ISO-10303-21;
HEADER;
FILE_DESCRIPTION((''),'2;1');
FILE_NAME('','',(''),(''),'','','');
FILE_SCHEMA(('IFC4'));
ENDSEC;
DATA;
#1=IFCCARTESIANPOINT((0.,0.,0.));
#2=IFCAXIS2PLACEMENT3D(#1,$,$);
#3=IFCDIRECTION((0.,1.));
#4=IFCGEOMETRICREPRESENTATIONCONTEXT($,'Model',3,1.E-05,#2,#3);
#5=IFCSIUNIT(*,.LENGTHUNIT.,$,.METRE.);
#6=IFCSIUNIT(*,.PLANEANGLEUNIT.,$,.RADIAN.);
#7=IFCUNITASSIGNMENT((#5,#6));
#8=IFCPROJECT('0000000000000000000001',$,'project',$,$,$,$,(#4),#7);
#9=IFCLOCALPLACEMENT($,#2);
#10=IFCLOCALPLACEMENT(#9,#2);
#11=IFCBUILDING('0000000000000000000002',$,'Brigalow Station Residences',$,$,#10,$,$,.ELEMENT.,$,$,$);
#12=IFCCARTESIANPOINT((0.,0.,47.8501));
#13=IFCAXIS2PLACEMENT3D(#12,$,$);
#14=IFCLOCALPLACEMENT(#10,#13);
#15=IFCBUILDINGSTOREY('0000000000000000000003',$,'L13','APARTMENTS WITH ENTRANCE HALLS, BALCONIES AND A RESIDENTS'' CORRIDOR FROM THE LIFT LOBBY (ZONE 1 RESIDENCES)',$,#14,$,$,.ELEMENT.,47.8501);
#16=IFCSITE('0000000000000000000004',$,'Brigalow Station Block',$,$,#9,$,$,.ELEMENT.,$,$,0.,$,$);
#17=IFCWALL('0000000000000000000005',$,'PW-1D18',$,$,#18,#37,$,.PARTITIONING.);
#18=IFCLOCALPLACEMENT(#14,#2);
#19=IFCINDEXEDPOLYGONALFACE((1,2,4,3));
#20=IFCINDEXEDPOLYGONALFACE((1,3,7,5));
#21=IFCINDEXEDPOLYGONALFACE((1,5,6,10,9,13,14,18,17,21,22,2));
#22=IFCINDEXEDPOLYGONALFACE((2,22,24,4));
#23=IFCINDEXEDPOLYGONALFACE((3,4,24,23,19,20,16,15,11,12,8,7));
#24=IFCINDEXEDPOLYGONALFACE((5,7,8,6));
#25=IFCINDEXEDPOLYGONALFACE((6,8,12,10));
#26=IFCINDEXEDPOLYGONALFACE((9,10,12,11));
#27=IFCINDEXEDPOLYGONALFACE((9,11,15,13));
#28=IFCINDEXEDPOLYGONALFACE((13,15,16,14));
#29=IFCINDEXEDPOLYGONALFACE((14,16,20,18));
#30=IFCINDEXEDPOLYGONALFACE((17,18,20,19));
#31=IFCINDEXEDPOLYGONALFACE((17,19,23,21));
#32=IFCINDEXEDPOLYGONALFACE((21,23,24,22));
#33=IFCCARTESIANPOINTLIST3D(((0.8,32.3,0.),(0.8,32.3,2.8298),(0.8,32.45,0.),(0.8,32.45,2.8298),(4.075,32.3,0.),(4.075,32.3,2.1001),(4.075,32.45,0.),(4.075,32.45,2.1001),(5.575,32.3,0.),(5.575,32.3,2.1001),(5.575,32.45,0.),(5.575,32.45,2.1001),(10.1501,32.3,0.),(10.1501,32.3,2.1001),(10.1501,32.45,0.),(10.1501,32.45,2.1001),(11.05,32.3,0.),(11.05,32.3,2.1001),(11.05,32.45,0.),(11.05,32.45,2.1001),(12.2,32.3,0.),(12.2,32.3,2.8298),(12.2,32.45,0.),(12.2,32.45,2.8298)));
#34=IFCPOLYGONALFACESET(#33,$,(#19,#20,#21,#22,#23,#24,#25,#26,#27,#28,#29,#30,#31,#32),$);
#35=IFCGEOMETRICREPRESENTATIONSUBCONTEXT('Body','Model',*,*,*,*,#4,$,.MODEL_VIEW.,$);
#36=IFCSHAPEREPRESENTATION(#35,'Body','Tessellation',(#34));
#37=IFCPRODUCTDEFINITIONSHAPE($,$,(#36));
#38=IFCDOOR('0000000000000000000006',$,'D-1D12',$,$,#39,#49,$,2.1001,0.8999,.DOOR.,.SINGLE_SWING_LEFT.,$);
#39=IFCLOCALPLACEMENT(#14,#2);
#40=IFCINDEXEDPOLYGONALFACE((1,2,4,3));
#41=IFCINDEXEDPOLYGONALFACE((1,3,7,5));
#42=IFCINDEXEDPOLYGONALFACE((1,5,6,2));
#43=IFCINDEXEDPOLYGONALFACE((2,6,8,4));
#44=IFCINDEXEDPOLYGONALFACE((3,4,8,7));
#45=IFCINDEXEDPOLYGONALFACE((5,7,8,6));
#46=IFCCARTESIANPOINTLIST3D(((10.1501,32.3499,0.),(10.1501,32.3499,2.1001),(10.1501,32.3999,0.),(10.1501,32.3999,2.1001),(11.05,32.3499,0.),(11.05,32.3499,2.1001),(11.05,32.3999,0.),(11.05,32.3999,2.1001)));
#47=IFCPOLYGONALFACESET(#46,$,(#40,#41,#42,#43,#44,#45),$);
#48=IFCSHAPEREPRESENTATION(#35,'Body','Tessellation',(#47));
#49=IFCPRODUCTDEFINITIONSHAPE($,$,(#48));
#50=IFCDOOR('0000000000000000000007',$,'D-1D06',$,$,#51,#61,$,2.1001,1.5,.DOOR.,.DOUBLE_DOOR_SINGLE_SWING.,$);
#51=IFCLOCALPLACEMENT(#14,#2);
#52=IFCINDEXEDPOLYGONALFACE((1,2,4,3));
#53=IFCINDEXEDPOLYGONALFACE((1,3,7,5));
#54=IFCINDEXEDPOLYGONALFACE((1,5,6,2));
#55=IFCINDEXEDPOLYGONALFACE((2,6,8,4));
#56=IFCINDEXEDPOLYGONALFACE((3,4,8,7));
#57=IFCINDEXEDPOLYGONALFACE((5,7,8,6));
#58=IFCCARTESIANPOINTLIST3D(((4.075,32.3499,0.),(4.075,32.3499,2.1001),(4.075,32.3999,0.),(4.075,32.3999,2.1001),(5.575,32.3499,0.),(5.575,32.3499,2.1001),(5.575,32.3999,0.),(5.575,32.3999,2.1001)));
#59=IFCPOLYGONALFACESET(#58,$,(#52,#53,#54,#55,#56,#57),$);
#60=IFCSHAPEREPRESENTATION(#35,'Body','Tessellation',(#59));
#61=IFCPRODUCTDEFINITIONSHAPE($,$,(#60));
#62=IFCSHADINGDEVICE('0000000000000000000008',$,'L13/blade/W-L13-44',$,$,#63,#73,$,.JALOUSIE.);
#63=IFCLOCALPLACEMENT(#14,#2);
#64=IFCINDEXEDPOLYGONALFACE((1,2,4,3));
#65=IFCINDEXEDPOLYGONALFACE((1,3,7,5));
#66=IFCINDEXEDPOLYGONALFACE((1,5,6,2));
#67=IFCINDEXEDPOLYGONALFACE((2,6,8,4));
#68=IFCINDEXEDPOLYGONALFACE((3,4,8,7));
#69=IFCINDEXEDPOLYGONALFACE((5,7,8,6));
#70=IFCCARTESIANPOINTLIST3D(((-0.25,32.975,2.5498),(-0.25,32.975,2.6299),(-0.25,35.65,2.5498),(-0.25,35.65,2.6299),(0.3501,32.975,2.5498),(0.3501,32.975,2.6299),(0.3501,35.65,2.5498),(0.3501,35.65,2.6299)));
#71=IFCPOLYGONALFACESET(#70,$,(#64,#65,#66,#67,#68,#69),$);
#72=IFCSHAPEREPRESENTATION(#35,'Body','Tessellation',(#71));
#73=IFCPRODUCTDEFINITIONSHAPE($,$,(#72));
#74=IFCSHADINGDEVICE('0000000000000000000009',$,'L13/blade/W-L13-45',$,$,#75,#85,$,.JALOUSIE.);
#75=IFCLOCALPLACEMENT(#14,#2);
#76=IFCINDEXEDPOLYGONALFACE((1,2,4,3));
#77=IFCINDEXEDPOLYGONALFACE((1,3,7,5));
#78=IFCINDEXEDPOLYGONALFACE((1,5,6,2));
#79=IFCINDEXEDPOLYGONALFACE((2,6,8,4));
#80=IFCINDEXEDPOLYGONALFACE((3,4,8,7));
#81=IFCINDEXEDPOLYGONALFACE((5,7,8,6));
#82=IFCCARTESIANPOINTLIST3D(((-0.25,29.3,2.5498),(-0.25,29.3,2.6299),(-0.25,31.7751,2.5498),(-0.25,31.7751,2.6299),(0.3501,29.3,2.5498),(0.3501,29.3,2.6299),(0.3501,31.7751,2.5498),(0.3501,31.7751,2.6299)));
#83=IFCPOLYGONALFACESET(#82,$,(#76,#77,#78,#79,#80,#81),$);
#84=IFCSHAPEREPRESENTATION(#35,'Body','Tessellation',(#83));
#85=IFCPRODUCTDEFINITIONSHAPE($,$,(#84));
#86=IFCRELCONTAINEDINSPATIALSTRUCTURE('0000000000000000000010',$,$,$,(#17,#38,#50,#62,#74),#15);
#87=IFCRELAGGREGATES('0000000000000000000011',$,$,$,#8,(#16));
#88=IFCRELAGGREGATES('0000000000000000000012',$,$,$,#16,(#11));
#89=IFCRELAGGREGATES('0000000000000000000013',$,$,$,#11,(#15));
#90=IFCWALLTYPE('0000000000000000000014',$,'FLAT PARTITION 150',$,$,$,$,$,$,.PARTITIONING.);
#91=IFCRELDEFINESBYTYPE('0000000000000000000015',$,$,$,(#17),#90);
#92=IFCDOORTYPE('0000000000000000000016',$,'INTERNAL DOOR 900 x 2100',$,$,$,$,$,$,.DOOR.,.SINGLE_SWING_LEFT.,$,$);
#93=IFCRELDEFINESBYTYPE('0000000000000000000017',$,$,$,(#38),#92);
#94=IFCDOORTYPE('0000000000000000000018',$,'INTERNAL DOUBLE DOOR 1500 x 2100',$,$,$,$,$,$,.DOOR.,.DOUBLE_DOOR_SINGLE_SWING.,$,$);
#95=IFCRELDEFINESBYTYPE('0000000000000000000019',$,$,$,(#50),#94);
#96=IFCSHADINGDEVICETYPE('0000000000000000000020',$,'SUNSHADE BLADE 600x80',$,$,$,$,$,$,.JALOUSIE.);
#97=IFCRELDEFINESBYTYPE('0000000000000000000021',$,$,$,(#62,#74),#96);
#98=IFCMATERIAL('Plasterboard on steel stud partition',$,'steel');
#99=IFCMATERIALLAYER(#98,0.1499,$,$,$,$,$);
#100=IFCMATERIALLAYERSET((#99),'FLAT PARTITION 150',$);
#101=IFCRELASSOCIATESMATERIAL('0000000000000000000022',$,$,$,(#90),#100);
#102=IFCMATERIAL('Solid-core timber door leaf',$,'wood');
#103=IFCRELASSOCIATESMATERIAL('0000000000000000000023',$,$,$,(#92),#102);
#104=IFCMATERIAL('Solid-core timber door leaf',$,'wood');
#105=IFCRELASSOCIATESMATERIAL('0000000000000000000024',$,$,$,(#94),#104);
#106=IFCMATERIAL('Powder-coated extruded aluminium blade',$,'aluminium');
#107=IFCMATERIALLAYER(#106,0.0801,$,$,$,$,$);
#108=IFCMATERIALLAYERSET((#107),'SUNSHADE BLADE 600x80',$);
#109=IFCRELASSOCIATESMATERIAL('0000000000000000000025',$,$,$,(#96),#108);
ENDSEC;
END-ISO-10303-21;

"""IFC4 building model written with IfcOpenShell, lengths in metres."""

from ifc_helpers import new_model, si_unit, direction, frame, frame_2d, origin, origin_2d, place, context, subcontext, project, spatial, rectangle, extrude, material, layer, layer_set, type_object, element, fill, save


model = new_model("IFC4")

# Units and contexts
model_context = context("Model", 3, precision=1e-05, world=origin(), true_north=direction((0.0, 1.0)))
body_context = subcontext(model_context, "Body", "Model", "MODEL_VIEW")
ifc_project = project(units=[si_unit("LENGTHUNIT", "METRE"), si_unit("PLANEANGLEUNIT", "RADIAN")], contexts=[model_context])

# Site, building, storey
site_placement = place(None, origin())
site = spatial("IfcSite", under=ifc_project, at=site_placement, Name="Brigalow Station Block", CompositionType="ELEMENT", RefElevation=0.0)
building_placement = place(site_placement, origin())
building = spatial("IfcBuilding", under=site, at=building_placement, Name="Brigalow Station Residences", CompositionType="ELEMENT")
storey_placement = place(building_placement, frame((0.0, 0.0, 47.8501)))
storey = spatial("IfcBuildingStorey", under=building, at=storey_placement, Name="L13", Description="APARTMENTS WITH ENTRANCE HALLS, BALCONIES AND A RESIDENTS' CORRIDOR FROM THE LIFT LOBBY (ZONE 1 RESIDENCES)", CompositionType="ELEMENT", Elevation=47.8501)

# Wall, openings, doors
ifc_material_1 = material(Name="Plasterboard on steel stud partition", Category="steel")
ifc_layer_1 = layer(ifc_material_1, 0.1499)
ifc_layer_set_1 = layer_set([ifc_layer_1], Name="FLAT PARTITION 150")
wall_type_1 = type_object("IfcWallType", Name="FLAT PARTITION 150", PredefinedType="PARTITIONING", material=ifc_layer_set_1)
wall_1_placement = place(storey_placement, frame((0.8, 32.375, 0.0), z_axis=(0.0, 0.0, 1.0), x_axis=(1.0, 0.0, 0.0)))
wall_1 = element("IfcWall", 1, at=wall_1_placement, inside=storey, type_object=wall_type_1, Name="PW-1D18", PredefinedType="PARTITIONING", context=body_context, shape_type="SweptSolid", body=[
    extrude(rectangle(XDim=11.3999, YDim=0.1499, at=frame_2d((5.7, 0.0))), origin(), (0.0, 0.0, 1.0), 2.8298),
])
opening_1_placement = place(wall_1_placement, frame((3.2749, 0.0, 0.0)))
opening_1 = element("IfcOpeningElement", 2, at=opening_1_placement, cuts=wall_1, PredefinedType="OPENING", context=body_context, shape_type="SweptSolid", body=[
    extrude(rectangle(XDim=1.5, YDim=2.1001, at=frame_2d((0.75, 1.05))), frame((0.0, 0.085, 0.0), z_axis=(0.0, -1.0, 0.0), x_axis=(1.0, 0.0, 0.0)), (0.0, 0.0, 1.0), 0.1699),
])
opening_2_placement = place(wall_1_placement, frame((9.3501, 0.0, 0.0)))
opening_2 = element("IfcOpeningElement", 3, at=opening_2_placement, cuts=wall_1, PredefinedType="OPENING", context=body_context, shape_type="SweptSolid", body=[
    extrude(rectangle(XDim=0.8999, YDim=2.1001, at=frame_2d((0.45, 1.05))), frame((0.0, 0.085, 0.0), z_axis=(0.0, -1.0, 0.0), x_axis=(1.0, 0.0, 0.0)), (0.0, 0.0, 1.0), 0.1699),
])
ifc_material_2 = material(Name="Solid-core timber door leaf", Category="wood")
door_type_1 = type_object("IfcDoorType", Name="INTERNAL DOOR 900 x 2100", OperationType="SINGLE_SWING_LEFT", PredefinedType="DOOR", material=ifc_material_2)
door_1_placement = place(opening_2_placement, origin())
door_1 = element("IfcDoor", 4, at=door_1_placement, inside=storey, type_object=door_type_1, Name="D-1D12", OperationType="SINGLE_SWING_LEFT", OverallHeight=2.1001, OverallWidth=0.8999, PredefinedType="DOOR", context=body_context, shape_type="SweptSolid", body=[
    extrude(rectangle(XDim=0.8999, YDim=2.1001, at=frame_2d((0.45, 1.05))), frame((0.0, 0.0249, 0.0), z_axis=(0.0, -1.0, 0.0), x_axis=(1.0, 0.0, 0.0)), (0.0, 0.0, 1.0), 0.05),
])
fill(opening_2, door_1)
ifc_material_3 = material(Name="Solid-core timber door leaf", Category="wood")
door_type_2 = type_object("IfcDoorType", Name="INTERNAL DOUBLE DOOR 1500 x 2100", OperationType="DOUBLE_DOOR_SINGLE_SWING", PredefinedType="DOOR", material=ifc_material_3)
door_2_placement = place(opening_1_placement, origin())
door_2 = element("IfcDoor", 5, at=door_2_placement, inside=storey, type_object=door_type_2, Name="D-1D06", OperationType="DOUBLE_DOOR_SINGLE_SWING", OverallHeight=2.1001, OverallWidth=1.5, PredefinedType="DOOR", context=body_context, shape_type="SweptSolid", body=[
    extrude(rectangle(XDim=1.5, YDim=2.1001, at=frame_2d((0.75, 1.05))), frame((0.0, 0.0249, 0.0), z_axis=(0.0, -1.0, 0.0), x_axis=(1.0, 0.0, 0.0)), (0.0, 0.0, 1.0), 0.05),
])
fill(opening_1, door_2)

# Shading devices
ifc_material_4 = material(Name="Powder-coated extruded aluminium blade", Category="aluminium")
ifc_layer_2 = layer(ifc_material_4, 0.0801)
ifc_layer_set_2 = layer_set([ifc_layer_2], Name="SUNSHADE BLADE 600x80")
shading_device_type = type_object("IfcShadingDeviceType", Name="SUNSHADE BLADE 600x80", PredefinedType="JALOUSIE", material=ifc_layer_set_2)
shading_device_1_placement = place(storey_placement, frame((0.05, 34.3125, 2.5498), z_axis=(0.0, 0.0, 1.0), x_axis=(0.0, -1.0, 0.0)))
element("IfcShadingDevice", 6, at=shading_device_1_placement, inside=storey, type_object=shading_device_type, Name="L13/blade/W-L13-44", PredefinedType="JALOUSIE", context=body_context, shape_type="SweptSolid", body=[
    extrude(rectangle(XDim=2.675, YDim=0.6001, at=origin_2d()), origin(), (0.0, 0.0, 1.0), 0.0801),
])
shading_device_2_placement = place(storey_placement, frame((0.05, 30.5376, 2.5498), z_axis=(0.0, 0.0, 1.0), x_axis=(0.0, -1.0, 0.0)))
element("IfcShadingDevice", 7, at=shading_device_2_placement, inside=storey, type_object=shading_device_type, Name="L13/blade/W-L13-45", PredefinedType="JALOUSIE", context=body_context, shape_type="SweptSolid", body=[
    extrude(rectangle(XDim=2.4751, YDim=0.6001, at=origin_2d()), origin(), (0.0, 0.0, 1.0), 0.0801),
])

save(model, "model.ifc")
